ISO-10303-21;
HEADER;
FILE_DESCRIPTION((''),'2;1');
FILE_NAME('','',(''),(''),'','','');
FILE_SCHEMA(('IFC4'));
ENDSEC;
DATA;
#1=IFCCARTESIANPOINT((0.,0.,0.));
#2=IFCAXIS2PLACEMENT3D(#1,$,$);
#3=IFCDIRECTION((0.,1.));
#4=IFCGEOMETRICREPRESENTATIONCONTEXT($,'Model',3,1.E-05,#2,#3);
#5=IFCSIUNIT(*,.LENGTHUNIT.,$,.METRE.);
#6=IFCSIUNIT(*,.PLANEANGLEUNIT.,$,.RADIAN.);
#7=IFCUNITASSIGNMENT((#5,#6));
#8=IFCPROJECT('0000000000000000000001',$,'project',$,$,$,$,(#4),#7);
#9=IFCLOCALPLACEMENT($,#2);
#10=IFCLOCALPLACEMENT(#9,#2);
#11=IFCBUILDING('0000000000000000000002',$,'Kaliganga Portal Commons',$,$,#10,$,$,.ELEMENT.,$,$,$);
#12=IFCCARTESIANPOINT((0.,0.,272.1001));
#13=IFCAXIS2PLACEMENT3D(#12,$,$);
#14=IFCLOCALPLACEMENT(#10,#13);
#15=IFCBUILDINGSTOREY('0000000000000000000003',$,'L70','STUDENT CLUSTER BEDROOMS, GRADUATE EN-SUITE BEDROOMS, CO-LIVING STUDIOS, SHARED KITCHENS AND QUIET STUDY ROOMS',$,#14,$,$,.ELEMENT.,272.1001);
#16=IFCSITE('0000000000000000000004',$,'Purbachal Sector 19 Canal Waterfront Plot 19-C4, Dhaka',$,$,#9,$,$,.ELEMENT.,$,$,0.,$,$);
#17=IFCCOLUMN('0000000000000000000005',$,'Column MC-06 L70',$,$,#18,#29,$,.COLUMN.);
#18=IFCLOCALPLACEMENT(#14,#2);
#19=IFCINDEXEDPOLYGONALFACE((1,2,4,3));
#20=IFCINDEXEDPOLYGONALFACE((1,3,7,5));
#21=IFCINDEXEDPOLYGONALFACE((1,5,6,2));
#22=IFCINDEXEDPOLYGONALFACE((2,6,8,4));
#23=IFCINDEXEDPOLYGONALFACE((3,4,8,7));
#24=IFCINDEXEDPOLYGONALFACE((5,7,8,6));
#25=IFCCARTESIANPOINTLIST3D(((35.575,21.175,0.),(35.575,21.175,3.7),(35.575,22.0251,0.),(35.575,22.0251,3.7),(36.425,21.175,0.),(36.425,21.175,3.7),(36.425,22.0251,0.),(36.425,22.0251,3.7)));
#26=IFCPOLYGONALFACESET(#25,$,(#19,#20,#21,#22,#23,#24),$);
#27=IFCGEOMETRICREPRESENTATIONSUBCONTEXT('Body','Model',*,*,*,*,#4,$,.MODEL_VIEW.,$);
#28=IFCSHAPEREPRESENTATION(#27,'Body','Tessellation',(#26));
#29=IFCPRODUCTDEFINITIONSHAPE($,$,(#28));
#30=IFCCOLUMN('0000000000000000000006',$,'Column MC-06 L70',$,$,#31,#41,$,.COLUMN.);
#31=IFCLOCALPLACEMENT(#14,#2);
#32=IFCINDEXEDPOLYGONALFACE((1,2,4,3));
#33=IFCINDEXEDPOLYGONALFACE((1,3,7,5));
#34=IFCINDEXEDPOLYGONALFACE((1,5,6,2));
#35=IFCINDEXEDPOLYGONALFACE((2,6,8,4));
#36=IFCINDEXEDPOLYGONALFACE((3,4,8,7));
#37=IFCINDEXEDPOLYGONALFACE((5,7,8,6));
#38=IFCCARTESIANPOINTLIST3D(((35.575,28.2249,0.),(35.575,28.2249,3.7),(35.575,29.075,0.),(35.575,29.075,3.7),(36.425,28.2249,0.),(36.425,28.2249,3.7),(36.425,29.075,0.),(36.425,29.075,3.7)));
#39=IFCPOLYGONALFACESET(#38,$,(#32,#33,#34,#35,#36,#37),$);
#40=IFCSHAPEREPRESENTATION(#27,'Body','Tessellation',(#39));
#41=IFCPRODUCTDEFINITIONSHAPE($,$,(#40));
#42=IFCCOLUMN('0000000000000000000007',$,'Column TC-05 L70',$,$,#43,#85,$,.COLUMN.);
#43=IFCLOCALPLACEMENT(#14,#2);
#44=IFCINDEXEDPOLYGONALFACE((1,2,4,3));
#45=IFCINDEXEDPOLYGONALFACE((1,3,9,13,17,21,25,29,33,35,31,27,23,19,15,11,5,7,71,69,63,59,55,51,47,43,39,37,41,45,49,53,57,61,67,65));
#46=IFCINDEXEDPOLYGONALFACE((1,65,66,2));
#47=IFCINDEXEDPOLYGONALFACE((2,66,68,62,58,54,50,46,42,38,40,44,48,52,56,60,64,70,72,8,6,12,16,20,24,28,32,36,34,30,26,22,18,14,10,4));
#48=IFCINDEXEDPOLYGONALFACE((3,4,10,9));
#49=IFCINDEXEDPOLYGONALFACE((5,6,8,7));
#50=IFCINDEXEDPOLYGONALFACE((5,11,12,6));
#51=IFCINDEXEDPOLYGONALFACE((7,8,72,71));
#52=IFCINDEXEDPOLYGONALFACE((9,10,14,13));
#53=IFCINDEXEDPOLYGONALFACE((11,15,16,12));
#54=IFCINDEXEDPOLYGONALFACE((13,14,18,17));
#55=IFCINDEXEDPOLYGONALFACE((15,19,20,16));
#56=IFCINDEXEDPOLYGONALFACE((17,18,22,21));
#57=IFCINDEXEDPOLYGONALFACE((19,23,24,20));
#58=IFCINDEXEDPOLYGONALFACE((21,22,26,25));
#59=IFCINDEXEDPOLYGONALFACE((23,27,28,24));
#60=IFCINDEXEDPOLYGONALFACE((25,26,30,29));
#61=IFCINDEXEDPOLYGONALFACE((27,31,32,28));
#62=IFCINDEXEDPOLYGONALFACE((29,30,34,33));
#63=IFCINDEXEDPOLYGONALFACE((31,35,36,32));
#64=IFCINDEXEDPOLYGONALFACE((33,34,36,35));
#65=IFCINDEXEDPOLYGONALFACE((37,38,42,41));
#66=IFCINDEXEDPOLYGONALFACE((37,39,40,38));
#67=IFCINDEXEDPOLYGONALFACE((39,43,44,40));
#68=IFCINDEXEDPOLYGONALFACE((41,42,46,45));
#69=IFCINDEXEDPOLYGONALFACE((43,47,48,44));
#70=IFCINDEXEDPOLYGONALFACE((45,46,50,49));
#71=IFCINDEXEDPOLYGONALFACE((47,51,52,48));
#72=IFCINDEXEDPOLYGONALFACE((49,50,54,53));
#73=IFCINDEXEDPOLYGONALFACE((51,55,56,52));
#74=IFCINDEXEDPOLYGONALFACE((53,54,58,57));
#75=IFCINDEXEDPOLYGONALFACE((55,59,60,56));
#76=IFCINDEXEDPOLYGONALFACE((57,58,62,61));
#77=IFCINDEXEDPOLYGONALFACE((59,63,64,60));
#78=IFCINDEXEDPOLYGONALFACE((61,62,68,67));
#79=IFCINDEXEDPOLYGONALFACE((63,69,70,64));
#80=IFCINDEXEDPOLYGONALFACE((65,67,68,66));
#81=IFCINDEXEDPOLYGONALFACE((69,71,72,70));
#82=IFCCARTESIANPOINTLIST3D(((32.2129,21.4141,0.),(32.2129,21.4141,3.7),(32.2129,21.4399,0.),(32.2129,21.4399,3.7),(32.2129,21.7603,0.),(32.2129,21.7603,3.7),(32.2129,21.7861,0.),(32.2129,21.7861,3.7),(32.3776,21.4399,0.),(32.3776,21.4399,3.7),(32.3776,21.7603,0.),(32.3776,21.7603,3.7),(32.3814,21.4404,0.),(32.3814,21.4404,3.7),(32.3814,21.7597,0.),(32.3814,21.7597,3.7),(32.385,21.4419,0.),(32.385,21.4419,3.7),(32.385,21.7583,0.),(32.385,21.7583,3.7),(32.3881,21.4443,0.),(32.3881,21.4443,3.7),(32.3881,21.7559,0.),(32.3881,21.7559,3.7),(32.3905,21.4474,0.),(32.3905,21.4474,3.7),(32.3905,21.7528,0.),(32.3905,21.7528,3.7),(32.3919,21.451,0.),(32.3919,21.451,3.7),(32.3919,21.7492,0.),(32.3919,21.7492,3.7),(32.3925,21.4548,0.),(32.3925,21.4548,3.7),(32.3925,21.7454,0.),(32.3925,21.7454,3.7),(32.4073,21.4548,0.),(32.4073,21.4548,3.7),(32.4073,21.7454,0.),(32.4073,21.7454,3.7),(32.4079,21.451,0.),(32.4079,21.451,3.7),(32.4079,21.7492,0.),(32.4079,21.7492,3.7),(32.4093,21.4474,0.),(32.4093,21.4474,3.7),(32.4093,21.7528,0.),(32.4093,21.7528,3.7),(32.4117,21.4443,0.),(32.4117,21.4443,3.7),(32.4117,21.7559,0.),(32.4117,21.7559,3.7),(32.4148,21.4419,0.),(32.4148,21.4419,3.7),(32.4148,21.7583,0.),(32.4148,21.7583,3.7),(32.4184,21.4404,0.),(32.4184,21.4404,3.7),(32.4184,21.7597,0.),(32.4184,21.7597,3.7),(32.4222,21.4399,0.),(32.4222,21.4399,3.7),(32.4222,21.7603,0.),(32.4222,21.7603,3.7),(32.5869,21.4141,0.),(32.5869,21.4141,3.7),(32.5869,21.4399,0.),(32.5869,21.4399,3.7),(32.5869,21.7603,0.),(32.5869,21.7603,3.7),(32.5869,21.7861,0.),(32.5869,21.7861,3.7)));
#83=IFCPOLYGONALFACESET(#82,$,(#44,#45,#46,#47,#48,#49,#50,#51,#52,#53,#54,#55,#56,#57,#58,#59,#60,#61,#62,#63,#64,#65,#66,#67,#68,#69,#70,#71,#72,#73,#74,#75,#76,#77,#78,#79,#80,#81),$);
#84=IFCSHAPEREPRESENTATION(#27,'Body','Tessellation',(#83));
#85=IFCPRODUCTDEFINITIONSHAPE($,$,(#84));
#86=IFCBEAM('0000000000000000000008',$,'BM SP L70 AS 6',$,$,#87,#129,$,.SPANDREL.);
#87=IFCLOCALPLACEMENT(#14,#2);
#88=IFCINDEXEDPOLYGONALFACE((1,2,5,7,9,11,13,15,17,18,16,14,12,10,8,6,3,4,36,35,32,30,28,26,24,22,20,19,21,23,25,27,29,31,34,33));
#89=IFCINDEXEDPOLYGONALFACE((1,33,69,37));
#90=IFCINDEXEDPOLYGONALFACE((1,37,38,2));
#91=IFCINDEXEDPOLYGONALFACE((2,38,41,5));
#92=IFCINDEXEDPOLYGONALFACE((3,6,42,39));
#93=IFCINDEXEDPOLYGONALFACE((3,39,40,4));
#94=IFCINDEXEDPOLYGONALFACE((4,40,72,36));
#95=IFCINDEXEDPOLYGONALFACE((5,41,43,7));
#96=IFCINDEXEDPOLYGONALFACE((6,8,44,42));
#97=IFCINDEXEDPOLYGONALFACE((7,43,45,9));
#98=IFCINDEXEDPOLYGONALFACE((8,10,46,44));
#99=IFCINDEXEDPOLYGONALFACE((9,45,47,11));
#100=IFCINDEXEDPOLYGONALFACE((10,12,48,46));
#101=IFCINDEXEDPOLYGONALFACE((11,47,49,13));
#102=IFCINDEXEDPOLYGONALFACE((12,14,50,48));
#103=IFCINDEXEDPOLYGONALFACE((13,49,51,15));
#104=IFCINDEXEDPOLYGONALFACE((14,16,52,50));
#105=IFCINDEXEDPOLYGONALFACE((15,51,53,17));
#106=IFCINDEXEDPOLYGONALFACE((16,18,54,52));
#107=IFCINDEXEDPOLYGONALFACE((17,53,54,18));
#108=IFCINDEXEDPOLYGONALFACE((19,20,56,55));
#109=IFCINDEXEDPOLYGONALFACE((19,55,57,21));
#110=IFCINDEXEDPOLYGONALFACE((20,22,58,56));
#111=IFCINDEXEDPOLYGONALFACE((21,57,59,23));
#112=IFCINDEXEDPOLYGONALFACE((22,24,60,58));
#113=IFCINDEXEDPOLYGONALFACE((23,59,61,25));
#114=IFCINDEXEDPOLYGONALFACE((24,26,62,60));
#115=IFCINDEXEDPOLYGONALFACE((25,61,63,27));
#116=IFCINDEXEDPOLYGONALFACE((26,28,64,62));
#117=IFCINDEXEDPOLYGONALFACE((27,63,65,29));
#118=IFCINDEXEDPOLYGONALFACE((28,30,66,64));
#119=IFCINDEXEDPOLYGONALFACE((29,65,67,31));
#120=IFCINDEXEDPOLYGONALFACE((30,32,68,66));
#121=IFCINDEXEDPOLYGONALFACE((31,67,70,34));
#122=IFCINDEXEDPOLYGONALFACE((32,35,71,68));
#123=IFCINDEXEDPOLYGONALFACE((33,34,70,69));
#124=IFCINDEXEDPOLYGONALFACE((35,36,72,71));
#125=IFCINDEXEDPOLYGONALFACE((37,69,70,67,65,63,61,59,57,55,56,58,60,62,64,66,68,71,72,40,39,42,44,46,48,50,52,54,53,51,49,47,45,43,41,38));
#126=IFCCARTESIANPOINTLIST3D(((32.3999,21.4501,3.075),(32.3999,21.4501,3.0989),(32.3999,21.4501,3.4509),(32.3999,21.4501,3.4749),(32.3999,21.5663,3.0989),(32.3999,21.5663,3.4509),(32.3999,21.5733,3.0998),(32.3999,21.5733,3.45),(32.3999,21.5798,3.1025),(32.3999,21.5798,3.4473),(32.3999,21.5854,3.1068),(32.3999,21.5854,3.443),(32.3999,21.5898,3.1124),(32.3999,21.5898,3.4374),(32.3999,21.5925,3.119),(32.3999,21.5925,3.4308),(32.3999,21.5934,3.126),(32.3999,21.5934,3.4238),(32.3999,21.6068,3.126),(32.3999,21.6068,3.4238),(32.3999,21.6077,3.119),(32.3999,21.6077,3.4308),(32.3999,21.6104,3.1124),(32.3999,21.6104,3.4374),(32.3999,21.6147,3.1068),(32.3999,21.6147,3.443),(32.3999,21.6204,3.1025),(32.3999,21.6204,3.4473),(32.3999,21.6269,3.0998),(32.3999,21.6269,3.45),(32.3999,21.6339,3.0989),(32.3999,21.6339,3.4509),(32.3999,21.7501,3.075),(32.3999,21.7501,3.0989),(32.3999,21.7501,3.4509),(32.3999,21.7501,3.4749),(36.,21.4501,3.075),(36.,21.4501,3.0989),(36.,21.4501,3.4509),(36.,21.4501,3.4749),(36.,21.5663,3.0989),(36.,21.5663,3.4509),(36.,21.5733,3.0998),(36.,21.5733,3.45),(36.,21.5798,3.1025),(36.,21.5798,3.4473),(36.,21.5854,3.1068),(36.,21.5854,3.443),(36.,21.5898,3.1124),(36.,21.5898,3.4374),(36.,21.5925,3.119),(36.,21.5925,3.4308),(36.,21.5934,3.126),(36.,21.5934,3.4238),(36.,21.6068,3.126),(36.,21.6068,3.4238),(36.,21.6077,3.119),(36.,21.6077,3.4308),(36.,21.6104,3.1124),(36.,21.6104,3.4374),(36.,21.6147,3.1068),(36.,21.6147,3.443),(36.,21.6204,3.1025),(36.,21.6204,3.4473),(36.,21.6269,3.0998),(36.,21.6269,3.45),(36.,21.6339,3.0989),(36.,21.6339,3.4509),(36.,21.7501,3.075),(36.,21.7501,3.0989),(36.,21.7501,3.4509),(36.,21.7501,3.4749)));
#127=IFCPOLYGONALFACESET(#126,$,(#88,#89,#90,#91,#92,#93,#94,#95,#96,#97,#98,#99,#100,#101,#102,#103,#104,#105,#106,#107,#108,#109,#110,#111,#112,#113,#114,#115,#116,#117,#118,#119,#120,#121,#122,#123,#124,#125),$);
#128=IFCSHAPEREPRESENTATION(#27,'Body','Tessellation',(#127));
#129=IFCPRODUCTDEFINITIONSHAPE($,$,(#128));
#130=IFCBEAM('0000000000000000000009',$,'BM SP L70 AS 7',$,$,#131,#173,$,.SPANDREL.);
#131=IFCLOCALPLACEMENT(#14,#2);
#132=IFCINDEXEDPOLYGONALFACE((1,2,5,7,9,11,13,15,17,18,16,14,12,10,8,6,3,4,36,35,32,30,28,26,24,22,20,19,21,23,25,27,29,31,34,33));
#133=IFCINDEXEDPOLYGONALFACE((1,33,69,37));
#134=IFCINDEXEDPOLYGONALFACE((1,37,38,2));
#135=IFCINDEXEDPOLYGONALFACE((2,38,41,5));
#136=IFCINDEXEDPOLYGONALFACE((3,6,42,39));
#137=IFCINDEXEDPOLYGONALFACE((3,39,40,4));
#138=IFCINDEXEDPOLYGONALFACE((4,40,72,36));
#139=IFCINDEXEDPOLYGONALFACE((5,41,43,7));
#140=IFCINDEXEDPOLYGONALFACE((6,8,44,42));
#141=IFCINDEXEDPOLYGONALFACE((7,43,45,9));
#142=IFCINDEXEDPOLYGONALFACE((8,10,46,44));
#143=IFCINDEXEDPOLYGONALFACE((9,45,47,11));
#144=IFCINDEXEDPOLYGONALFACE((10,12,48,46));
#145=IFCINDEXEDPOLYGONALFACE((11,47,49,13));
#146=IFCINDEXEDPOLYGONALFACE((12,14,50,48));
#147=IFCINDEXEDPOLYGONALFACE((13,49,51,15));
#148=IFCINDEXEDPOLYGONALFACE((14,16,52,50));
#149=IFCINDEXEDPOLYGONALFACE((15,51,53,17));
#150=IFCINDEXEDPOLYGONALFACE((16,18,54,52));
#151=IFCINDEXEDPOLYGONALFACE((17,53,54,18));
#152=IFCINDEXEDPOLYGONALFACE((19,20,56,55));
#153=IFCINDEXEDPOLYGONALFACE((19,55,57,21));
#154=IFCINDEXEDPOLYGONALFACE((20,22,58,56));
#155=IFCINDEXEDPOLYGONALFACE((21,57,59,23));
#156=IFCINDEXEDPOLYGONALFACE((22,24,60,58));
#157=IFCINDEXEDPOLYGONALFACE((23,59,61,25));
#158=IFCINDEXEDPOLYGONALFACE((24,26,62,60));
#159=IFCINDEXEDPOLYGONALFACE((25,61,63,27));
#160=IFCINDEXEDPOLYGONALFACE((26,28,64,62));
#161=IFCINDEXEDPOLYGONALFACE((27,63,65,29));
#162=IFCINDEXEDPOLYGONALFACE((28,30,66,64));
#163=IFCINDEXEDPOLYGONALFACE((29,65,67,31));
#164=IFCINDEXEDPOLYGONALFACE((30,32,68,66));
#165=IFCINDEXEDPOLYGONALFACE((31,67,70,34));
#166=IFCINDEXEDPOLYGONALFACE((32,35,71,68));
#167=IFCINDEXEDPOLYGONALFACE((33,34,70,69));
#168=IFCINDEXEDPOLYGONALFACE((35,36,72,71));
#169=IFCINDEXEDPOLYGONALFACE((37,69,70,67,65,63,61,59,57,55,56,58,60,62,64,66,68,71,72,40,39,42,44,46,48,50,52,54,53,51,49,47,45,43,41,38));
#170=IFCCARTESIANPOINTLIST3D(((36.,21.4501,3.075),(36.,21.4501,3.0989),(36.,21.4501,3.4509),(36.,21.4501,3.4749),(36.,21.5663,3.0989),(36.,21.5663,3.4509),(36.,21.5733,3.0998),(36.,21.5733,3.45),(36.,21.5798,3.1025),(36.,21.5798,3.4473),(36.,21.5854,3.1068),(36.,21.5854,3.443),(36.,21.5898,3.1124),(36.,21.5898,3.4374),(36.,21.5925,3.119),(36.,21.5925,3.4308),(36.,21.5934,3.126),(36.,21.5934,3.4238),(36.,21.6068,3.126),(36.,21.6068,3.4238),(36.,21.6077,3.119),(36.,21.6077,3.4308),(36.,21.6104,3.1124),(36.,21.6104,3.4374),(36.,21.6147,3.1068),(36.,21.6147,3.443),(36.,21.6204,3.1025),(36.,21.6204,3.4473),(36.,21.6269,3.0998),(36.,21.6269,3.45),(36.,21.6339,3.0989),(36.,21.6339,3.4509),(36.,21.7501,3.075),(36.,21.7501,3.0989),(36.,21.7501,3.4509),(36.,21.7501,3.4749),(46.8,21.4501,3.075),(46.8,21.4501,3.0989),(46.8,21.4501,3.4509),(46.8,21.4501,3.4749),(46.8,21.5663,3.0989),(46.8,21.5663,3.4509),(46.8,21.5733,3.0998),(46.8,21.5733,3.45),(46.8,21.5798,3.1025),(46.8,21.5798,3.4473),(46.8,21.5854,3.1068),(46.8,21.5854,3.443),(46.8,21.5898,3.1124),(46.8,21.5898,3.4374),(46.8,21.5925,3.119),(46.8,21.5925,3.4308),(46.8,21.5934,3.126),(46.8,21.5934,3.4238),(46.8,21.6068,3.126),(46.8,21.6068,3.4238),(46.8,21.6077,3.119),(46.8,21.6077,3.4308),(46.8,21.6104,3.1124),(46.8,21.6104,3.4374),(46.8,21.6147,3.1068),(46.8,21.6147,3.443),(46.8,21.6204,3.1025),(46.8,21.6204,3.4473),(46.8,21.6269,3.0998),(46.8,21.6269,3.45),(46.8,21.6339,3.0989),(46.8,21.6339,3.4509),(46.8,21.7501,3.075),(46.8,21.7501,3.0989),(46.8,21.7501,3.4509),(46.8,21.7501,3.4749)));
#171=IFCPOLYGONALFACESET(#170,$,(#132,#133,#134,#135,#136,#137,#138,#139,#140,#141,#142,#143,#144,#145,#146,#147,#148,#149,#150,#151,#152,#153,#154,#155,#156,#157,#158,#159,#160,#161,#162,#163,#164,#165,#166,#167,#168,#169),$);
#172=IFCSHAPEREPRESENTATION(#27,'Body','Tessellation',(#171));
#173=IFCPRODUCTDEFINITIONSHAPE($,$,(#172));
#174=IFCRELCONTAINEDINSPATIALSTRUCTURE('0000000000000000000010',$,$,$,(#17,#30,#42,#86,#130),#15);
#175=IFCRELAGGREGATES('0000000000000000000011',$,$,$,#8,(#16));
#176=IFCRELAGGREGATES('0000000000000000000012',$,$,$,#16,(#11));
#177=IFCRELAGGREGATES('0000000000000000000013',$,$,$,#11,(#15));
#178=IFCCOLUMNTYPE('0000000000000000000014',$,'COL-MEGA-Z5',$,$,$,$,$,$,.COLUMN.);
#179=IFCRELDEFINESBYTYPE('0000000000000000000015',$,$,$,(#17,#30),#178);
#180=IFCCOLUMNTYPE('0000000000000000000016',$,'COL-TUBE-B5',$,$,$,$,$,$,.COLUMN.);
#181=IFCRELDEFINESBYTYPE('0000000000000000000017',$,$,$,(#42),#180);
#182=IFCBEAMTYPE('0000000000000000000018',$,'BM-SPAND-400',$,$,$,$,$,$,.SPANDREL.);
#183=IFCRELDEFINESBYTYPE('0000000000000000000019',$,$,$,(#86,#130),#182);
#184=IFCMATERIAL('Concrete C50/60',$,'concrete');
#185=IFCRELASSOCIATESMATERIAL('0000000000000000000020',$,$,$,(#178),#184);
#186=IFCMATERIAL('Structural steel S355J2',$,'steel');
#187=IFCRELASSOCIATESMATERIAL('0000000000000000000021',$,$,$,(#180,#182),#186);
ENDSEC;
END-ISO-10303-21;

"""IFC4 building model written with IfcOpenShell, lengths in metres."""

from ifc_helpers import new_model, si_unit, direction, frame, origin, origin_2d, place, context, subcontext, project, spatial, rectangle, i_section, extrude, source, transform, mapped, material, material_profile, profile_set, type_object, element, save


model = new_model("IFC4")

# Units and contexts
model_context = context("Model", 3, precision=1e-05, world=origin(), true_north=direction((0.0, 1.0)))
body_context = subcontext(model_context, "Body", "Model", "MODEL_VIEW")
ifc_project = project(units=[si_unit("LENGTHUNIT", "METRE"), si_unit("PLANEANGLEUNIT", "RADIAN")], contexts=[model_context])

# Site, building, storey
site_placement = place(None, origin())
site = spatial("IfcSite", under=ifc_project, at=site_placement, Name="Purbachal Sector 19 Canal Waterfront Plot 19-C4, Dhaka", CompositionType="ELEMENT", RefElevation=0.0)
building_placement = place(site_placement, origin())
building = spatial("IfcBuilding", under=site, at=building_placement, Name="Kaliganga Portal Commons", CompositionType="ELEMENT")
storey_placement = place(building_placement, frame((0.0, 0.0, 272.1001)))
storey = spatial("IfcBuildingStorey", under=building, at=storey_placement, Name="L70", Description="STUDENT CLUSTER BEDROOMS, GRADUATE EN-SUITE BEDROOMS, CO-LIVING STUDIOS, SHARED KITCHENS AND QUIET STUDY ROOMS", CompositionType="ELEMENT", Elevation=272.1001)

# Columns
ifc_material_1 = material(Name="Concrete C50/60", Category="concrete")
ifc_material_profile_1 = material_profile(ifc_material_1, rectangle(XDim=0.8501, YDim=0.8501, at=origin_2d()), Name="RC 850x850")
ifc_profile_set_1 = profile_set([ifc_material_profile_1], Name="Concrete C50/60")
column_type_1 = type_object("IfcColumnType", Name="COL-MEGA-Z5", PredefinedType="COLUMN", material=ifc_profile_set_1)
shared_shape_1 = source(origin(), body_context, "Body", "SweptSolid", [
    extrude(rectangle(XDim=0.8501, YDim=0.8501, at=origin_2d()), origin(), (0.0, 0.0, 1.0), 3.7),
])
for number, where, z_axis, x_axis, name in (
    (1, (36.0, 21.6001, 0.0), (0.0, 0.0, 1.0), (1.0, 0.0, 0.0), "Column MC-06 L70"),
    (2, (36.0, 28.6499, 0.0), (0.0, 0.0, 1.0), (1.0, 0.0, 0.0), "Column MC-06 L70"),
):
    element("IfcColumn", number, at=place(storey_placement, frame(where, z_axis=z_axis, x_axis=x_axis)), inside=storey, type_object=column_type_1, Name=name, PredefinedType="COLUMN", context=body_context, shape_type="MappedRepresentation", body=[
        mapped(shared_shape_1, transform((0.0, 0.0, 0.0), x_axis=(1.0, 0.0, 0.0), y_axis=(0.0, 1.0, 0.0), z_axis=(0.0, 0.0, 1.0), scale=1.0)),
    ])
ifc_material_2 = material(Name="Structural steel S355J2", Category="steel")
ifc_material_profile_2 = material_profile(ifc_material_2, i_section(OverallWidth=0.374, OverallDepth=0.3721, WebThickness=0.0149, FlangeThickness=0.0259, FilletRadius=0.0149, at=origin_2d()), Name="HD 360x196")
ifc_profile_set_2 = profile_set([ifc_material_profile_2], Name="Structural steel S355J2 wide-flange")
column_type_2 = type_object("IfcColumnType", Name="COL-TUBE-B5", PredefinedType="COLUMN", material=ifc_profile_set_2)
shared_shape_2 = source(origin(), body_context, "Body", "SweptSolid", [
    extrude(i_section(OverallWidth=0.374, OverallDepth=0.3721, WebThickness=0.0149, FlangeThickness=0.0259, FilletRadius=0.0149, at=origin_2d()), origin(), (0.0, 0.0, 1.0), 3.7),
])
column_placement = place(storey_placement, frame((32.3999, 21.6001, 0.0), z_axis=(0.0, 0.0, 1.0), x_axis=(1.0, 0.0, 0.0)))
element("IfcColumn", 3, at=column_placement, inside=storey, type_object=column_type_2, Name="Column TC-05 L70", PredefinedType="COLUMN", context=body_context, shape_type="MappedRepresentation", body=[
    mapped(shared_shape_2, transform((0.0, 0.0, 0.0), x_axis=(1.0, 0.0, 0.0), y_axis=(0.0, 1.0, 0.0), z_axis=(0.0, 0.0, 1.0), scale=1.0)),
])

# Beams
ifc_material_profile_3 = material_profile(ifc_material_2, i_section(OverallWidth=0.3, OverallDepth=0.3999, WebThickness=0.0134, FlangeThickness=0.0239, FilletRadius=0.0271, at=origin_2d()), Name="HE 400 B")
ifc_profile_set_3 = profile_set([ifc_material_profile_3], Name="Structural steel S355J2 wide-flange")
beam_type_1 = type_object("IfcBeamType", Name="BM-SPAND-400", PredefinedType="SPANDREL", material=ifc_profile_set_3)
shared_shape_3 = source(origin(), body_context, "Body", "SweptSolid", [
    extrude(i_section(OverallWidth=0.3, OverallDepth=0.3999, WebThickness=0.0134, FlangeThickness=0.0239, FilletRadius=0.0271, at=origin_2d()), origin(), (0.0, 0.0, 1.0), 3.6001),
])
beam_1_placement = place(storey_placement, frame((32.3999, 21.6001, 3.2749), z_axis=(1.0, 0.0, 0.0), x_axis=(0.0, 1.0, 0.0)))
element("IfcBeam", 4, at=beam_1_placement, inside=storey, type_object=beam_type_1, Name="BM SP L70 AS 6", PredefinedType="SPANDREL", context=body_context, shape_type="MappedRepresentation", body=[
    mapped(shared_shape_3, transform((0.0, 0.0, 0.0), x_axis=(1.0, 0.0, 0.0), y_axis=(0.0, 1.0, 0.0), z_axis=(0.0, 0.0, 1.0), scale=1.0)),
])
shared_shape_4 = source(origin(), body_context, "Body", "SweptSolid", [
    extrude(i_section(OverallWidth=0.3, OverallDepth=0.3999, WebThickness=0.0134, FlangeThickness=0.0239, FilletRadius=0.0271, at=origin_2d()), origin(), (0.0, 0.0, 1.0), 10.8),
])
beam_2_placement = place(storey_placement, frame((36.0, 21.6001, 3.2749), z_axis=(1.0, 0.0, 0.0), x_axis=(0.0, 1.0, 0.0)))
element("IfcBeam", 5, at=beam_2_placement, inside=storey, type_object=beam_type_1, Name="BM SP L70 AS 7", PredefinedType="SPANDREL", context=body_context, shape_type="MappedRepresentation", body=[
    mapped(shared_shape_4, transform((0.0, 0.0, 0.0), x_axis=(1.0, 0.0, 0.0), y_axis=(0.0, 1.0, 0.0), z_axis=(0.0, 0.0, 1.0), scale=1.0)),
])

save(model, "model.ifc")
